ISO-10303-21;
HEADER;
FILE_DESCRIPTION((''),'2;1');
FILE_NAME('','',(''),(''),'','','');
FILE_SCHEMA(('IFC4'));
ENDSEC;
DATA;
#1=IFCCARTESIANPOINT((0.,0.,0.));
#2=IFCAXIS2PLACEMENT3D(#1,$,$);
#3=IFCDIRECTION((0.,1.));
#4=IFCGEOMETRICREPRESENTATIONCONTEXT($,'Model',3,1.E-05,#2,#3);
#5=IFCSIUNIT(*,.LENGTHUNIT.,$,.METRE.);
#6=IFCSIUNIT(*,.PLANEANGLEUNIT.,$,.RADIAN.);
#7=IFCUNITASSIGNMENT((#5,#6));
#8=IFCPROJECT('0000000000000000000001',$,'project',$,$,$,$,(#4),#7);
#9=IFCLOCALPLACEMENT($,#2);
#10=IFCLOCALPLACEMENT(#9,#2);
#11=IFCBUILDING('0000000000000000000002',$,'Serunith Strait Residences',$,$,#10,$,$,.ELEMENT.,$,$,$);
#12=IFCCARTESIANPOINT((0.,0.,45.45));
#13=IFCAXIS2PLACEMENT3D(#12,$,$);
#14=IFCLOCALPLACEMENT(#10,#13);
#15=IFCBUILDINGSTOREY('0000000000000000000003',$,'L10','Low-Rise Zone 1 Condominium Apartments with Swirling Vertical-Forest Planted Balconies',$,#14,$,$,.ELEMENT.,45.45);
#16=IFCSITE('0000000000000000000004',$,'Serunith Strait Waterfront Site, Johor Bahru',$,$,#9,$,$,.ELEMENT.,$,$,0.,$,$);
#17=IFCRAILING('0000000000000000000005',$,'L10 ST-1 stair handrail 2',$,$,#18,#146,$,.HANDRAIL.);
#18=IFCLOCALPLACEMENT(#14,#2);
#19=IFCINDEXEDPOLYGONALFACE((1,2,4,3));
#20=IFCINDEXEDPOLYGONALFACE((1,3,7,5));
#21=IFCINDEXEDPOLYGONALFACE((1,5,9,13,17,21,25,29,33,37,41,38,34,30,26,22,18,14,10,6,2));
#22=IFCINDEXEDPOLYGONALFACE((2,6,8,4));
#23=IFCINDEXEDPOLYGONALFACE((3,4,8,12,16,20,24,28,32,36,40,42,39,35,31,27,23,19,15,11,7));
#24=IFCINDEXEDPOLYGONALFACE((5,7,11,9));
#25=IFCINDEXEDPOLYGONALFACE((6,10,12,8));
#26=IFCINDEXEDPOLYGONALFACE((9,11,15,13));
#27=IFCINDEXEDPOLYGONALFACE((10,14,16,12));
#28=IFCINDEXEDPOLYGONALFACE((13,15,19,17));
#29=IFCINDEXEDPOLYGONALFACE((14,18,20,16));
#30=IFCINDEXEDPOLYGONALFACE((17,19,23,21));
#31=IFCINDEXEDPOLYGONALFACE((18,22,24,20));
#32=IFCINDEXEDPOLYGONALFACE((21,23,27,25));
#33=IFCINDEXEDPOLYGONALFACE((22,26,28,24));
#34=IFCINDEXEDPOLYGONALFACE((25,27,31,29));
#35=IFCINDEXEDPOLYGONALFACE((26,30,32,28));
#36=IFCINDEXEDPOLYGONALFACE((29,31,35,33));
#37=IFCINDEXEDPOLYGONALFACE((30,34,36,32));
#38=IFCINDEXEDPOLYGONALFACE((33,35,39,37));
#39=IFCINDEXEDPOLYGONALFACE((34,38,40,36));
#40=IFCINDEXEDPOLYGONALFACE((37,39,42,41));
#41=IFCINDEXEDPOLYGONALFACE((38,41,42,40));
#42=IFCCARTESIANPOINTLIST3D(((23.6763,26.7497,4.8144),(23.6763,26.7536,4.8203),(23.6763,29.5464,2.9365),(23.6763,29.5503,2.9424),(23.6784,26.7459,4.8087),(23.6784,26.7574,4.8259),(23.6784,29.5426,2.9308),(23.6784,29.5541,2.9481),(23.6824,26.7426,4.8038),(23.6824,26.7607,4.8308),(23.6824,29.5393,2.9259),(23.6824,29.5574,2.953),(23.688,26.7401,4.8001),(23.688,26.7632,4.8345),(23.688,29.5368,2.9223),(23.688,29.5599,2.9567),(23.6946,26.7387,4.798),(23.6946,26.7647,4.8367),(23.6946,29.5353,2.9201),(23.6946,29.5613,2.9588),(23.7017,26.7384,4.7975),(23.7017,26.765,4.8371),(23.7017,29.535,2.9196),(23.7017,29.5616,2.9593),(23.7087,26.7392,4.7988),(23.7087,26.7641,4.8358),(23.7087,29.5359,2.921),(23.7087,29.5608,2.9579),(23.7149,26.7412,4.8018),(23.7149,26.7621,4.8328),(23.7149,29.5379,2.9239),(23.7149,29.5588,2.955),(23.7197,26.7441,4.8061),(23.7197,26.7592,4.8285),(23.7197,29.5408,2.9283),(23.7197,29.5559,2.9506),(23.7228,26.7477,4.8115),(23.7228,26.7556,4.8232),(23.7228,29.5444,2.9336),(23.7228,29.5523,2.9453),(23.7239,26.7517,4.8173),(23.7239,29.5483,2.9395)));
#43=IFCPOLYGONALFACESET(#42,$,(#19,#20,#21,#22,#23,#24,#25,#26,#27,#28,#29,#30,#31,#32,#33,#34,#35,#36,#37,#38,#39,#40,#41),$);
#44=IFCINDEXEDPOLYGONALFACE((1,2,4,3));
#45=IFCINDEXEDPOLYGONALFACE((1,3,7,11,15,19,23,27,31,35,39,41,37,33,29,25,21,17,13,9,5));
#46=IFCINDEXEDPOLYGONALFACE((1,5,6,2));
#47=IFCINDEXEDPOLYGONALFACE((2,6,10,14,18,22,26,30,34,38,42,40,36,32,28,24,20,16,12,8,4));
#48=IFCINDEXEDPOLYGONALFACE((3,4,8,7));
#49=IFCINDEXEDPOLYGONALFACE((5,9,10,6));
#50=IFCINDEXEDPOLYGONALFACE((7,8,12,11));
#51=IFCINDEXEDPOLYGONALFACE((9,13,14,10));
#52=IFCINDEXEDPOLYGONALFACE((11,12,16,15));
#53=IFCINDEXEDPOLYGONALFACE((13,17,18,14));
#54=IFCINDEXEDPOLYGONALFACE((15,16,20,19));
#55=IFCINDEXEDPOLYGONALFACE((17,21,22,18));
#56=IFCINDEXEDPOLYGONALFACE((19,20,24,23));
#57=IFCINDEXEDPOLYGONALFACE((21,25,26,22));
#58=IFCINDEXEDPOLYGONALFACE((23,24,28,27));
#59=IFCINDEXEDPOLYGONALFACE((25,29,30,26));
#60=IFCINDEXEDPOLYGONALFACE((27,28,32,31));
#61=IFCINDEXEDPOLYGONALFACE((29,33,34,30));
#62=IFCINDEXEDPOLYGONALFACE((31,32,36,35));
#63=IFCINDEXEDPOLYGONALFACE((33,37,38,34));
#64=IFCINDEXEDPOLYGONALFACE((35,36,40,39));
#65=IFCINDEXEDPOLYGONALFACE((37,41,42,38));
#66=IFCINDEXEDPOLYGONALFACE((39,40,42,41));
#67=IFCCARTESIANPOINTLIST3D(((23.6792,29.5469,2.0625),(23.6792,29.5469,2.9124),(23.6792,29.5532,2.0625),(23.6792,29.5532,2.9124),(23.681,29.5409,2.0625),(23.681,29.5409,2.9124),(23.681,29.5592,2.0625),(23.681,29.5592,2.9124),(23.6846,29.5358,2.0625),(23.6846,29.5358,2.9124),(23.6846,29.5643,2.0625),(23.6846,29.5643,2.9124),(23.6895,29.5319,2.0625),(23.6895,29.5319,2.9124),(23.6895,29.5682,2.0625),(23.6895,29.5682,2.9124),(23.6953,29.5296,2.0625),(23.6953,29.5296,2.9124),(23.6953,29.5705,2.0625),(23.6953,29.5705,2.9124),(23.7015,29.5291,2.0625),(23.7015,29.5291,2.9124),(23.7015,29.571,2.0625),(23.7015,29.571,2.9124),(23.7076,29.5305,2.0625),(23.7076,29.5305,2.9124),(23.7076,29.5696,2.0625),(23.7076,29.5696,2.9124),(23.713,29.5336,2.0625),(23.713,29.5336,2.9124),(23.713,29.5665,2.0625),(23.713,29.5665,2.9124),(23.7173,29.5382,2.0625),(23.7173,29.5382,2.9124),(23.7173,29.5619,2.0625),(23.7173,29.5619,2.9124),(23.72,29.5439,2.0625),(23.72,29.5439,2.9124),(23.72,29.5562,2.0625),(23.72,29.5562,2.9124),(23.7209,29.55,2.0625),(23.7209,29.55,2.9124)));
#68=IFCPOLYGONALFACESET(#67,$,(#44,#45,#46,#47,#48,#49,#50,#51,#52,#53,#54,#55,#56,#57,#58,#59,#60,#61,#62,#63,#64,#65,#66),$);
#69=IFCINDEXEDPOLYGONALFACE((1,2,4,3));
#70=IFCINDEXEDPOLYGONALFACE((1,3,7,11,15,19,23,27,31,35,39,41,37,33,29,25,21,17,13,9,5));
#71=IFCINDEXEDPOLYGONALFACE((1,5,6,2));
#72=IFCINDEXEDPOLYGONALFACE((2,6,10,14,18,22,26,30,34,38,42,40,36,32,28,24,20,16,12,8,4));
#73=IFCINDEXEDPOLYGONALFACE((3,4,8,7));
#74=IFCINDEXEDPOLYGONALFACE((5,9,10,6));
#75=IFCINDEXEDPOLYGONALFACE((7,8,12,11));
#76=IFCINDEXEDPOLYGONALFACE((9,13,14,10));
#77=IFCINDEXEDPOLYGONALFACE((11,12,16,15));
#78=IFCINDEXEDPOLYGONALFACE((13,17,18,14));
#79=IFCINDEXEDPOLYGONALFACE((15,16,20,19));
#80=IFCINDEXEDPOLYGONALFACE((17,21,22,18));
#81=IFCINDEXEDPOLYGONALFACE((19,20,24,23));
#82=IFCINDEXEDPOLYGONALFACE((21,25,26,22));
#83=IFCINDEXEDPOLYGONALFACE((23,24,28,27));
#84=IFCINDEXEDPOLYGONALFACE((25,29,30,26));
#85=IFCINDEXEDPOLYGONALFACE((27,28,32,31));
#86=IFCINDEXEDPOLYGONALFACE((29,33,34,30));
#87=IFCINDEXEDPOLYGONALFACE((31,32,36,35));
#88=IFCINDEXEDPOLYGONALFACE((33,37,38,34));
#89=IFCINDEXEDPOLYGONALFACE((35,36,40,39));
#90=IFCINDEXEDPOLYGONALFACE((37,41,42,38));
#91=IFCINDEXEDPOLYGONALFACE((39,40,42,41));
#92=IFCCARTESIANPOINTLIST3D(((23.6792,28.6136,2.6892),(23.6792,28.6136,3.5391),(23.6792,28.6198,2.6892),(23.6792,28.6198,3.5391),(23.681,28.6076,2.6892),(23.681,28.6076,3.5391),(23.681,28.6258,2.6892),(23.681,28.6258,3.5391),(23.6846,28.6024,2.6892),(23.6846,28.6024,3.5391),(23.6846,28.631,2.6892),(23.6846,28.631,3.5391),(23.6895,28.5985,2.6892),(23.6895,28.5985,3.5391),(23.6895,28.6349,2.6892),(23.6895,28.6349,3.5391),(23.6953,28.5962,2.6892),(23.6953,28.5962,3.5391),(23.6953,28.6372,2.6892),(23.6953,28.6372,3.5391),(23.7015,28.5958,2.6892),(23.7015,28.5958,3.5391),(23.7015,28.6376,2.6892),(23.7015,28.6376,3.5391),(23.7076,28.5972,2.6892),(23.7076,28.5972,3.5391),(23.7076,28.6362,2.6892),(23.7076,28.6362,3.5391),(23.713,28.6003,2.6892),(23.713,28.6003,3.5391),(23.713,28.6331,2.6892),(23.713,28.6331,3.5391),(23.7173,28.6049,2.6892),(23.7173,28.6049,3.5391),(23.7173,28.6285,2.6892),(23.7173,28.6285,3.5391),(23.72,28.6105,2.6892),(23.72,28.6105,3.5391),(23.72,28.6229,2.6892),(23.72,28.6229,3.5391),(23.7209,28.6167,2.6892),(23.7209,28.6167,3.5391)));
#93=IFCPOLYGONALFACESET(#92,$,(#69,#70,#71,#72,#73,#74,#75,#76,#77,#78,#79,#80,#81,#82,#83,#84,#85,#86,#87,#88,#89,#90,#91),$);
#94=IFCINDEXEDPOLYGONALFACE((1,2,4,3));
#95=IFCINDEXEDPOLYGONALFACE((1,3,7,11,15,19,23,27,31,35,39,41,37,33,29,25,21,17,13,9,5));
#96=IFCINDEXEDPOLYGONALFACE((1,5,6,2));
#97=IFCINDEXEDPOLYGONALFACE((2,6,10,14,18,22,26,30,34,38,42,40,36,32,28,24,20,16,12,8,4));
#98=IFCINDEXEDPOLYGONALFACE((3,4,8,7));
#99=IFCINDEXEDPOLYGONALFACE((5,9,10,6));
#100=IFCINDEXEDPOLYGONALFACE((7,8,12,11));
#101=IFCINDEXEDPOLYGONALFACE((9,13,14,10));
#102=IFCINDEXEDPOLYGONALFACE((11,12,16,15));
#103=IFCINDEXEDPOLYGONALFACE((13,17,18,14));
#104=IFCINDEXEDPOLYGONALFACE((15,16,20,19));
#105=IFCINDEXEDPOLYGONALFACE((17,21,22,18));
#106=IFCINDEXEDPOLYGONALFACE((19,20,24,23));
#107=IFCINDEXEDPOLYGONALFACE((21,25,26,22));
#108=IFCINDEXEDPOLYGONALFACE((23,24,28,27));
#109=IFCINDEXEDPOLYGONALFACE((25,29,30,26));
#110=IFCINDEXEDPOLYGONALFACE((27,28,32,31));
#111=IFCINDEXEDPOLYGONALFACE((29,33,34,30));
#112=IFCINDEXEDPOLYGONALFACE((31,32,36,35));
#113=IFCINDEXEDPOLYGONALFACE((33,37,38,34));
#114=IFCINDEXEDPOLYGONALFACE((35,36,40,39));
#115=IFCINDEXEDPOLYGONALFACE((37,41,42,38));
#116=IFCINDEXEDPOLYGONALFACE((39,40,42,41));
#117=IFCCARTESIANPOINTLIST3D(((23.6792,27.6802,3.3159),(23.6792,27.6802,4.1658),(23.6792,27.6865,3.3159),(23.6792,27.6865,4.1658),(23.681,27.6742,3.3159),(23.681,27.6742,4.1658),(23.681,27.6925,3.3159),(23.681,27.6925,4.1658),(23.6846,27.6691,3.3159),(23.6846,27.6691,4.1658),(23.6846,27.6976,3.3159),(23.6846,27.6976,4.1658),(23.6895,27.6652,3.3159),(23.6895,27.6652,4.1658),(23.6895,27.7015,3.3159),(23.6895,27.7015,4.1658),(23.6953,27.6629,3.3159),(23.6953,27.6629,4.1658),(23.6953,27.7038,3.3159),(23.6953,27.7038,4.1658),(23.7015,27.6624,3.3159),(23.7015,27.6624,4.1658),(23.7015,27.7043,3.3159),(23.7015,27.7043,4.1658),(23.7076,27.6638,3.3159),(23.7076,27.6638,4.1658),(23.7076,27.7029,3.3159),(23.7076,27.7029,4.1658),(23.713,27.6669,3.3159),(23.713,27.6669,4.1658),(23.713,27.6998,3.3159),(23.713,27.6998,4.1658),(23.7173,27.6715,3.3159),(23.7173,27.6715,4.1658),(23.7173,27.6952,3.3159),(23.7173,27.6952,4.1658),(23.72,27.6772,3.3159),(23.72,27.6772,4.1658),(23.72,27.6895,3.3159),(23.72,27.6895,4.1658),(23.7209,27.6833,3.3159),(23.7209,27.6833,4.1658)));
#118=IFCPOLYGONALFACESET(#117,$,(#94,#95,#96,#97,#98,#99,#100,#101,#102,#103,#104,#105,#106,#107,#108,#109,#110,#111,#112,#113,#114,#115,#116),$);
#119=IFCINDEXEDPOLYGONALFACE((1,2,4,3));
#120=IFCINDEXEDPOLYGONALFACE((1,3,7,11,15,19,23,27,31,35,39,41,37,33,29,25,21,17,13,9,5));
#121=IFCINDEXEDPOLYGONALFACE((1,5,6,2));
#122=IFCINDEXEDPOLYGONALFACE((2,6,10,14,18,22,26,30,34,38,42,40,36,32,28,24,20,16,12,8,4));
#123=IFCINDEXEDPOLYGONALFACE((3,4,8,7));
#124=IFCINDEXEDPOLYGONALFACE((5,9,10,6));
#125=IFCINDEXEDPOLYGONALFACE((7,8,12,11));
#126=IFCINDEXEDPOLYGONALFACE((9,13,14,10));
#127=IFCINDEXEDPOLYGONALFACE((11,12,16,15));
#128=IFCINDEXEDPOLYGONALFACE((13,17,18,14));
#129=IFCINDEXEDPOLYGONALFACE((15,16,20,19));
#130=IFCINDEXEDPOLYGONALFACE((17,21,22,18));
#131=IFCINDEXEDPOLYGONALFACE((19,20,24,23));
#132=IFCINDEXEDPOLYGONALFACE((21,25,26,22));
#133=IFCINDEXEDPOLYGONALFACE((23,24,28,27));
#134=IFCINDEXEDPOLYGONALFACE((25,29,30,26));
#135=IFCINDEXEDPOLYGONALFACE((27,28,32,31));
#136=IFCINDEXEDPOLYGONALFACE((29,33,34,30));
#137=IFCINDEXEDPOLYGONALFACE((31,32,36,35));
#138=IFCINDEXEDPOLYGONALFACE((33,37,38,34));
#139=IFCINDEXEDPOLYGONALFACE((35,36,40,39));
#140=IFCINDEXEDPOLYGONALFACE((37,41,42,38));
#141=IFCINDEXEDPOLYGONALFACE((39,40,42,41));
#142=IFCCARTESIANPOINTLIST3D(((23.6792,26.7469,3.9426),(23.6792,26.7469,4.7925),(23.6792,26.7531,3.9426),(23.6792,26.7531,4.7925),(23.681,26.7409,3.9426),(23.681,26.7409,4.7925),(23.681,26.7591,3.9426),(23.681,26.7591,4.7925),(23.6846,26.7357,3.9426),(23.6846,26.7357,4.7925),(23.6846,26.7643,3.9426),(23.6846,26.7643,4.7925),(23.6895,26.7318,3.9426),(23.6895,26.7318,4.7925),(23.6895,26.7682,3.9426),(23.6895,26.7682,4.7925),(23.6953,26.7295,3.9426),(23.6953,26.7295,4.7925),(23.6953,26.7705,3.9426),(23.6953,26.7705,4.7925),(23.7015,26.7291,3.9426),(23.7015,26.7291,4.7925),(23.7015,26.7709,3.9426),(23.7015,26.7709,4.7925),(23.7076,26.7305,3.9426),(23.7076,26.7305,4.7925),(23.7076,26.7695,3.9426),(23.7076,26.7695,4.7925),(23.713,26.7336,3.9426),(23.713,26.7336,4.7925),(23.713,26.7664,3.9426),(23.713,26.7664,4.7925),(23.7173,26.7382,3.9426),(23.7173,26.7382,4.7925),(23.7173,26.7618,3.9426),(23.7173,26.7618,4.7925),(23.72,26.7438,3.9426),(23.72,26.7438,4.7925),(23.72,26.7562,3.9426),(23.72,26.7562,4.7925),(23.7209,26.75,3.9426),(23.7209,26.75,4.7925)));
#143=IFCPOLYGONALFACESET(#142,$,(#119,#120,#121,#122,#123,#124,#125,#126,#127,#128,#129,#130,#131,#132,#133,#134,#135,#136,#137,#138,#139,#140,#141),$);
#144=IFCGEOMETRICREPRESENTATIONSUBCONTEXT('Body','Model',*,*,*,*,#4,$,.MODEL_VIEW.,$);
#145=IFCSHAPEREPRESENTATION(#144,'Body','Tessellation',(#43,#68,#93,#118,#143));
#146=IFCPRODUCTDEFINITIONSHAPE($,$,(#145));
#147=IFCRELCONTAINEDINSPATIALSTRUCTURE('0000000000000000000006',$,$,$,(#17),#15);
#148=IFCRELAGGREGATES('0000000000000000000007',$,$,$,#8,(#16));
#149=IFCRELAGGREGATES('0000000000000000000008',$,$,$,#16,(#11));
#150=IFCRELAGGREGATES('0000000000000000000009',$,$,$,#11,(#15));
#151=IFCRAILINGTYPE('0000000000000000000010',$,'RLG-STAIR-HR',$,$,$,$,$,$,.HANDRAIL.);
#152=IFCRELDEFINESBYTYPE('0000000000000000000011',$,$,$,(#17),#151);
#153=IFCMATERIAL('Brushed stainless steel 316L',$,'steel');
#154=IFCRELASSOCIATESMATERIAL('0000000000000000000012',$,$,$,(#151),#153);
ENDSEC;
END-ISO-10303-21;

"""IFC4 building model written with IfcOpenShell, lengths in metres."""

from ifc_helpers import new_model, si_unit, direction, frame, origin, origin_2d, place, context, subcontext, project, spatial, circle, extrude, material, type_object, element, save


model = new_model("IFC4")

# Units and contexts
model_context = context("Model", 3, precision=1e-05, world=origin(), true_north=direction((0.0, 1.0)))
body_context = subcontext(model_context, "Body", "Model", "MODEL_VIEW")
ifc_project = project(units=[si_unit("LENGTHUNIT", "METRE"), si_unit("PLANEANGLEUNIT", "RADIAN")], contexts=[model_context])

# Site, building, storey
site_placement = place(None, origin())
site = spatial("IfcSite", under=ifc_project, at=site_placement, Name="Serunith Strait Waterfront Site, Johor Bahru", CompositionType="ELEMENT", RefElevation=0.0)
building_placement = place(site_placement, origin())
building = spatial("IfcBuilding", under=site, at=building_placement, Name="Serunith Strait Residences", CompositionType="ELEMENT")
storey_placement = place(building_placement, frame((0.0, 0.0, 45.45)))
storey = spatial("IfcBuildingStorey", under=building, at=storey_placement, Name="L10", Description="Low-Rise Zone 1 Condominium Apartments with Swirling Vertical-Forest Planted Balconies", CompositionType="ELEMENT", Elevation=45.45)

# Railing
ifc_material_1 = material(Name="Brushed stainless steel 316L", Category="steel")
railing_type_1 = type_object("IfcRailingType", Name="RLG-STAIR-HR", PredefinedType="HANDRAIL", material=ifc_material_1)
railing_1_placement = place(storey_placement, frame((23.7, 29.55, 2.0625)))
element("IfcRailing", 1, at=railing_1_placement, inside=storey, type_object=railing_type_1, Name="L10 ST-1 stair handrail 2", PredefinedType="HANDRAIL", context=body_context, shape_type="SweptSolid", body=[
    extrude(circle(Radius=0.0239, at=origin_2d()), frame((0.0, -0.0017, 0.877), z_axis=(0.0, -0.830208, 0.557453), x_axis=(1.0, 0.0, 0.0)), (0.0, 0.0, 1.0), 3.3687),
    extrude(circle(Radius=0.021, at=origin_2d()), origin(), (0.0, 0.0, 1.0), 0.8499),
    extrude(circle(Radius=0.021, at=origin_2d()), frame((0.0, -0.9333, 0.6267)), (0.0, 0.0, 1.0), 0.8499),
    extrude(circle(Radius=0.021, at=origin_2d()), frame((0.0, -1.8667, 1.2534)), (0.0, 0.0, 1.0), 0.8499),
    extrude(circle(Radius=0.021, at=origin_2d()), frame((0.0, -2.8, 1.8801)), (0.0, 0.0, 1.0), 0.8499),
])

save(model, "model.ifc")
